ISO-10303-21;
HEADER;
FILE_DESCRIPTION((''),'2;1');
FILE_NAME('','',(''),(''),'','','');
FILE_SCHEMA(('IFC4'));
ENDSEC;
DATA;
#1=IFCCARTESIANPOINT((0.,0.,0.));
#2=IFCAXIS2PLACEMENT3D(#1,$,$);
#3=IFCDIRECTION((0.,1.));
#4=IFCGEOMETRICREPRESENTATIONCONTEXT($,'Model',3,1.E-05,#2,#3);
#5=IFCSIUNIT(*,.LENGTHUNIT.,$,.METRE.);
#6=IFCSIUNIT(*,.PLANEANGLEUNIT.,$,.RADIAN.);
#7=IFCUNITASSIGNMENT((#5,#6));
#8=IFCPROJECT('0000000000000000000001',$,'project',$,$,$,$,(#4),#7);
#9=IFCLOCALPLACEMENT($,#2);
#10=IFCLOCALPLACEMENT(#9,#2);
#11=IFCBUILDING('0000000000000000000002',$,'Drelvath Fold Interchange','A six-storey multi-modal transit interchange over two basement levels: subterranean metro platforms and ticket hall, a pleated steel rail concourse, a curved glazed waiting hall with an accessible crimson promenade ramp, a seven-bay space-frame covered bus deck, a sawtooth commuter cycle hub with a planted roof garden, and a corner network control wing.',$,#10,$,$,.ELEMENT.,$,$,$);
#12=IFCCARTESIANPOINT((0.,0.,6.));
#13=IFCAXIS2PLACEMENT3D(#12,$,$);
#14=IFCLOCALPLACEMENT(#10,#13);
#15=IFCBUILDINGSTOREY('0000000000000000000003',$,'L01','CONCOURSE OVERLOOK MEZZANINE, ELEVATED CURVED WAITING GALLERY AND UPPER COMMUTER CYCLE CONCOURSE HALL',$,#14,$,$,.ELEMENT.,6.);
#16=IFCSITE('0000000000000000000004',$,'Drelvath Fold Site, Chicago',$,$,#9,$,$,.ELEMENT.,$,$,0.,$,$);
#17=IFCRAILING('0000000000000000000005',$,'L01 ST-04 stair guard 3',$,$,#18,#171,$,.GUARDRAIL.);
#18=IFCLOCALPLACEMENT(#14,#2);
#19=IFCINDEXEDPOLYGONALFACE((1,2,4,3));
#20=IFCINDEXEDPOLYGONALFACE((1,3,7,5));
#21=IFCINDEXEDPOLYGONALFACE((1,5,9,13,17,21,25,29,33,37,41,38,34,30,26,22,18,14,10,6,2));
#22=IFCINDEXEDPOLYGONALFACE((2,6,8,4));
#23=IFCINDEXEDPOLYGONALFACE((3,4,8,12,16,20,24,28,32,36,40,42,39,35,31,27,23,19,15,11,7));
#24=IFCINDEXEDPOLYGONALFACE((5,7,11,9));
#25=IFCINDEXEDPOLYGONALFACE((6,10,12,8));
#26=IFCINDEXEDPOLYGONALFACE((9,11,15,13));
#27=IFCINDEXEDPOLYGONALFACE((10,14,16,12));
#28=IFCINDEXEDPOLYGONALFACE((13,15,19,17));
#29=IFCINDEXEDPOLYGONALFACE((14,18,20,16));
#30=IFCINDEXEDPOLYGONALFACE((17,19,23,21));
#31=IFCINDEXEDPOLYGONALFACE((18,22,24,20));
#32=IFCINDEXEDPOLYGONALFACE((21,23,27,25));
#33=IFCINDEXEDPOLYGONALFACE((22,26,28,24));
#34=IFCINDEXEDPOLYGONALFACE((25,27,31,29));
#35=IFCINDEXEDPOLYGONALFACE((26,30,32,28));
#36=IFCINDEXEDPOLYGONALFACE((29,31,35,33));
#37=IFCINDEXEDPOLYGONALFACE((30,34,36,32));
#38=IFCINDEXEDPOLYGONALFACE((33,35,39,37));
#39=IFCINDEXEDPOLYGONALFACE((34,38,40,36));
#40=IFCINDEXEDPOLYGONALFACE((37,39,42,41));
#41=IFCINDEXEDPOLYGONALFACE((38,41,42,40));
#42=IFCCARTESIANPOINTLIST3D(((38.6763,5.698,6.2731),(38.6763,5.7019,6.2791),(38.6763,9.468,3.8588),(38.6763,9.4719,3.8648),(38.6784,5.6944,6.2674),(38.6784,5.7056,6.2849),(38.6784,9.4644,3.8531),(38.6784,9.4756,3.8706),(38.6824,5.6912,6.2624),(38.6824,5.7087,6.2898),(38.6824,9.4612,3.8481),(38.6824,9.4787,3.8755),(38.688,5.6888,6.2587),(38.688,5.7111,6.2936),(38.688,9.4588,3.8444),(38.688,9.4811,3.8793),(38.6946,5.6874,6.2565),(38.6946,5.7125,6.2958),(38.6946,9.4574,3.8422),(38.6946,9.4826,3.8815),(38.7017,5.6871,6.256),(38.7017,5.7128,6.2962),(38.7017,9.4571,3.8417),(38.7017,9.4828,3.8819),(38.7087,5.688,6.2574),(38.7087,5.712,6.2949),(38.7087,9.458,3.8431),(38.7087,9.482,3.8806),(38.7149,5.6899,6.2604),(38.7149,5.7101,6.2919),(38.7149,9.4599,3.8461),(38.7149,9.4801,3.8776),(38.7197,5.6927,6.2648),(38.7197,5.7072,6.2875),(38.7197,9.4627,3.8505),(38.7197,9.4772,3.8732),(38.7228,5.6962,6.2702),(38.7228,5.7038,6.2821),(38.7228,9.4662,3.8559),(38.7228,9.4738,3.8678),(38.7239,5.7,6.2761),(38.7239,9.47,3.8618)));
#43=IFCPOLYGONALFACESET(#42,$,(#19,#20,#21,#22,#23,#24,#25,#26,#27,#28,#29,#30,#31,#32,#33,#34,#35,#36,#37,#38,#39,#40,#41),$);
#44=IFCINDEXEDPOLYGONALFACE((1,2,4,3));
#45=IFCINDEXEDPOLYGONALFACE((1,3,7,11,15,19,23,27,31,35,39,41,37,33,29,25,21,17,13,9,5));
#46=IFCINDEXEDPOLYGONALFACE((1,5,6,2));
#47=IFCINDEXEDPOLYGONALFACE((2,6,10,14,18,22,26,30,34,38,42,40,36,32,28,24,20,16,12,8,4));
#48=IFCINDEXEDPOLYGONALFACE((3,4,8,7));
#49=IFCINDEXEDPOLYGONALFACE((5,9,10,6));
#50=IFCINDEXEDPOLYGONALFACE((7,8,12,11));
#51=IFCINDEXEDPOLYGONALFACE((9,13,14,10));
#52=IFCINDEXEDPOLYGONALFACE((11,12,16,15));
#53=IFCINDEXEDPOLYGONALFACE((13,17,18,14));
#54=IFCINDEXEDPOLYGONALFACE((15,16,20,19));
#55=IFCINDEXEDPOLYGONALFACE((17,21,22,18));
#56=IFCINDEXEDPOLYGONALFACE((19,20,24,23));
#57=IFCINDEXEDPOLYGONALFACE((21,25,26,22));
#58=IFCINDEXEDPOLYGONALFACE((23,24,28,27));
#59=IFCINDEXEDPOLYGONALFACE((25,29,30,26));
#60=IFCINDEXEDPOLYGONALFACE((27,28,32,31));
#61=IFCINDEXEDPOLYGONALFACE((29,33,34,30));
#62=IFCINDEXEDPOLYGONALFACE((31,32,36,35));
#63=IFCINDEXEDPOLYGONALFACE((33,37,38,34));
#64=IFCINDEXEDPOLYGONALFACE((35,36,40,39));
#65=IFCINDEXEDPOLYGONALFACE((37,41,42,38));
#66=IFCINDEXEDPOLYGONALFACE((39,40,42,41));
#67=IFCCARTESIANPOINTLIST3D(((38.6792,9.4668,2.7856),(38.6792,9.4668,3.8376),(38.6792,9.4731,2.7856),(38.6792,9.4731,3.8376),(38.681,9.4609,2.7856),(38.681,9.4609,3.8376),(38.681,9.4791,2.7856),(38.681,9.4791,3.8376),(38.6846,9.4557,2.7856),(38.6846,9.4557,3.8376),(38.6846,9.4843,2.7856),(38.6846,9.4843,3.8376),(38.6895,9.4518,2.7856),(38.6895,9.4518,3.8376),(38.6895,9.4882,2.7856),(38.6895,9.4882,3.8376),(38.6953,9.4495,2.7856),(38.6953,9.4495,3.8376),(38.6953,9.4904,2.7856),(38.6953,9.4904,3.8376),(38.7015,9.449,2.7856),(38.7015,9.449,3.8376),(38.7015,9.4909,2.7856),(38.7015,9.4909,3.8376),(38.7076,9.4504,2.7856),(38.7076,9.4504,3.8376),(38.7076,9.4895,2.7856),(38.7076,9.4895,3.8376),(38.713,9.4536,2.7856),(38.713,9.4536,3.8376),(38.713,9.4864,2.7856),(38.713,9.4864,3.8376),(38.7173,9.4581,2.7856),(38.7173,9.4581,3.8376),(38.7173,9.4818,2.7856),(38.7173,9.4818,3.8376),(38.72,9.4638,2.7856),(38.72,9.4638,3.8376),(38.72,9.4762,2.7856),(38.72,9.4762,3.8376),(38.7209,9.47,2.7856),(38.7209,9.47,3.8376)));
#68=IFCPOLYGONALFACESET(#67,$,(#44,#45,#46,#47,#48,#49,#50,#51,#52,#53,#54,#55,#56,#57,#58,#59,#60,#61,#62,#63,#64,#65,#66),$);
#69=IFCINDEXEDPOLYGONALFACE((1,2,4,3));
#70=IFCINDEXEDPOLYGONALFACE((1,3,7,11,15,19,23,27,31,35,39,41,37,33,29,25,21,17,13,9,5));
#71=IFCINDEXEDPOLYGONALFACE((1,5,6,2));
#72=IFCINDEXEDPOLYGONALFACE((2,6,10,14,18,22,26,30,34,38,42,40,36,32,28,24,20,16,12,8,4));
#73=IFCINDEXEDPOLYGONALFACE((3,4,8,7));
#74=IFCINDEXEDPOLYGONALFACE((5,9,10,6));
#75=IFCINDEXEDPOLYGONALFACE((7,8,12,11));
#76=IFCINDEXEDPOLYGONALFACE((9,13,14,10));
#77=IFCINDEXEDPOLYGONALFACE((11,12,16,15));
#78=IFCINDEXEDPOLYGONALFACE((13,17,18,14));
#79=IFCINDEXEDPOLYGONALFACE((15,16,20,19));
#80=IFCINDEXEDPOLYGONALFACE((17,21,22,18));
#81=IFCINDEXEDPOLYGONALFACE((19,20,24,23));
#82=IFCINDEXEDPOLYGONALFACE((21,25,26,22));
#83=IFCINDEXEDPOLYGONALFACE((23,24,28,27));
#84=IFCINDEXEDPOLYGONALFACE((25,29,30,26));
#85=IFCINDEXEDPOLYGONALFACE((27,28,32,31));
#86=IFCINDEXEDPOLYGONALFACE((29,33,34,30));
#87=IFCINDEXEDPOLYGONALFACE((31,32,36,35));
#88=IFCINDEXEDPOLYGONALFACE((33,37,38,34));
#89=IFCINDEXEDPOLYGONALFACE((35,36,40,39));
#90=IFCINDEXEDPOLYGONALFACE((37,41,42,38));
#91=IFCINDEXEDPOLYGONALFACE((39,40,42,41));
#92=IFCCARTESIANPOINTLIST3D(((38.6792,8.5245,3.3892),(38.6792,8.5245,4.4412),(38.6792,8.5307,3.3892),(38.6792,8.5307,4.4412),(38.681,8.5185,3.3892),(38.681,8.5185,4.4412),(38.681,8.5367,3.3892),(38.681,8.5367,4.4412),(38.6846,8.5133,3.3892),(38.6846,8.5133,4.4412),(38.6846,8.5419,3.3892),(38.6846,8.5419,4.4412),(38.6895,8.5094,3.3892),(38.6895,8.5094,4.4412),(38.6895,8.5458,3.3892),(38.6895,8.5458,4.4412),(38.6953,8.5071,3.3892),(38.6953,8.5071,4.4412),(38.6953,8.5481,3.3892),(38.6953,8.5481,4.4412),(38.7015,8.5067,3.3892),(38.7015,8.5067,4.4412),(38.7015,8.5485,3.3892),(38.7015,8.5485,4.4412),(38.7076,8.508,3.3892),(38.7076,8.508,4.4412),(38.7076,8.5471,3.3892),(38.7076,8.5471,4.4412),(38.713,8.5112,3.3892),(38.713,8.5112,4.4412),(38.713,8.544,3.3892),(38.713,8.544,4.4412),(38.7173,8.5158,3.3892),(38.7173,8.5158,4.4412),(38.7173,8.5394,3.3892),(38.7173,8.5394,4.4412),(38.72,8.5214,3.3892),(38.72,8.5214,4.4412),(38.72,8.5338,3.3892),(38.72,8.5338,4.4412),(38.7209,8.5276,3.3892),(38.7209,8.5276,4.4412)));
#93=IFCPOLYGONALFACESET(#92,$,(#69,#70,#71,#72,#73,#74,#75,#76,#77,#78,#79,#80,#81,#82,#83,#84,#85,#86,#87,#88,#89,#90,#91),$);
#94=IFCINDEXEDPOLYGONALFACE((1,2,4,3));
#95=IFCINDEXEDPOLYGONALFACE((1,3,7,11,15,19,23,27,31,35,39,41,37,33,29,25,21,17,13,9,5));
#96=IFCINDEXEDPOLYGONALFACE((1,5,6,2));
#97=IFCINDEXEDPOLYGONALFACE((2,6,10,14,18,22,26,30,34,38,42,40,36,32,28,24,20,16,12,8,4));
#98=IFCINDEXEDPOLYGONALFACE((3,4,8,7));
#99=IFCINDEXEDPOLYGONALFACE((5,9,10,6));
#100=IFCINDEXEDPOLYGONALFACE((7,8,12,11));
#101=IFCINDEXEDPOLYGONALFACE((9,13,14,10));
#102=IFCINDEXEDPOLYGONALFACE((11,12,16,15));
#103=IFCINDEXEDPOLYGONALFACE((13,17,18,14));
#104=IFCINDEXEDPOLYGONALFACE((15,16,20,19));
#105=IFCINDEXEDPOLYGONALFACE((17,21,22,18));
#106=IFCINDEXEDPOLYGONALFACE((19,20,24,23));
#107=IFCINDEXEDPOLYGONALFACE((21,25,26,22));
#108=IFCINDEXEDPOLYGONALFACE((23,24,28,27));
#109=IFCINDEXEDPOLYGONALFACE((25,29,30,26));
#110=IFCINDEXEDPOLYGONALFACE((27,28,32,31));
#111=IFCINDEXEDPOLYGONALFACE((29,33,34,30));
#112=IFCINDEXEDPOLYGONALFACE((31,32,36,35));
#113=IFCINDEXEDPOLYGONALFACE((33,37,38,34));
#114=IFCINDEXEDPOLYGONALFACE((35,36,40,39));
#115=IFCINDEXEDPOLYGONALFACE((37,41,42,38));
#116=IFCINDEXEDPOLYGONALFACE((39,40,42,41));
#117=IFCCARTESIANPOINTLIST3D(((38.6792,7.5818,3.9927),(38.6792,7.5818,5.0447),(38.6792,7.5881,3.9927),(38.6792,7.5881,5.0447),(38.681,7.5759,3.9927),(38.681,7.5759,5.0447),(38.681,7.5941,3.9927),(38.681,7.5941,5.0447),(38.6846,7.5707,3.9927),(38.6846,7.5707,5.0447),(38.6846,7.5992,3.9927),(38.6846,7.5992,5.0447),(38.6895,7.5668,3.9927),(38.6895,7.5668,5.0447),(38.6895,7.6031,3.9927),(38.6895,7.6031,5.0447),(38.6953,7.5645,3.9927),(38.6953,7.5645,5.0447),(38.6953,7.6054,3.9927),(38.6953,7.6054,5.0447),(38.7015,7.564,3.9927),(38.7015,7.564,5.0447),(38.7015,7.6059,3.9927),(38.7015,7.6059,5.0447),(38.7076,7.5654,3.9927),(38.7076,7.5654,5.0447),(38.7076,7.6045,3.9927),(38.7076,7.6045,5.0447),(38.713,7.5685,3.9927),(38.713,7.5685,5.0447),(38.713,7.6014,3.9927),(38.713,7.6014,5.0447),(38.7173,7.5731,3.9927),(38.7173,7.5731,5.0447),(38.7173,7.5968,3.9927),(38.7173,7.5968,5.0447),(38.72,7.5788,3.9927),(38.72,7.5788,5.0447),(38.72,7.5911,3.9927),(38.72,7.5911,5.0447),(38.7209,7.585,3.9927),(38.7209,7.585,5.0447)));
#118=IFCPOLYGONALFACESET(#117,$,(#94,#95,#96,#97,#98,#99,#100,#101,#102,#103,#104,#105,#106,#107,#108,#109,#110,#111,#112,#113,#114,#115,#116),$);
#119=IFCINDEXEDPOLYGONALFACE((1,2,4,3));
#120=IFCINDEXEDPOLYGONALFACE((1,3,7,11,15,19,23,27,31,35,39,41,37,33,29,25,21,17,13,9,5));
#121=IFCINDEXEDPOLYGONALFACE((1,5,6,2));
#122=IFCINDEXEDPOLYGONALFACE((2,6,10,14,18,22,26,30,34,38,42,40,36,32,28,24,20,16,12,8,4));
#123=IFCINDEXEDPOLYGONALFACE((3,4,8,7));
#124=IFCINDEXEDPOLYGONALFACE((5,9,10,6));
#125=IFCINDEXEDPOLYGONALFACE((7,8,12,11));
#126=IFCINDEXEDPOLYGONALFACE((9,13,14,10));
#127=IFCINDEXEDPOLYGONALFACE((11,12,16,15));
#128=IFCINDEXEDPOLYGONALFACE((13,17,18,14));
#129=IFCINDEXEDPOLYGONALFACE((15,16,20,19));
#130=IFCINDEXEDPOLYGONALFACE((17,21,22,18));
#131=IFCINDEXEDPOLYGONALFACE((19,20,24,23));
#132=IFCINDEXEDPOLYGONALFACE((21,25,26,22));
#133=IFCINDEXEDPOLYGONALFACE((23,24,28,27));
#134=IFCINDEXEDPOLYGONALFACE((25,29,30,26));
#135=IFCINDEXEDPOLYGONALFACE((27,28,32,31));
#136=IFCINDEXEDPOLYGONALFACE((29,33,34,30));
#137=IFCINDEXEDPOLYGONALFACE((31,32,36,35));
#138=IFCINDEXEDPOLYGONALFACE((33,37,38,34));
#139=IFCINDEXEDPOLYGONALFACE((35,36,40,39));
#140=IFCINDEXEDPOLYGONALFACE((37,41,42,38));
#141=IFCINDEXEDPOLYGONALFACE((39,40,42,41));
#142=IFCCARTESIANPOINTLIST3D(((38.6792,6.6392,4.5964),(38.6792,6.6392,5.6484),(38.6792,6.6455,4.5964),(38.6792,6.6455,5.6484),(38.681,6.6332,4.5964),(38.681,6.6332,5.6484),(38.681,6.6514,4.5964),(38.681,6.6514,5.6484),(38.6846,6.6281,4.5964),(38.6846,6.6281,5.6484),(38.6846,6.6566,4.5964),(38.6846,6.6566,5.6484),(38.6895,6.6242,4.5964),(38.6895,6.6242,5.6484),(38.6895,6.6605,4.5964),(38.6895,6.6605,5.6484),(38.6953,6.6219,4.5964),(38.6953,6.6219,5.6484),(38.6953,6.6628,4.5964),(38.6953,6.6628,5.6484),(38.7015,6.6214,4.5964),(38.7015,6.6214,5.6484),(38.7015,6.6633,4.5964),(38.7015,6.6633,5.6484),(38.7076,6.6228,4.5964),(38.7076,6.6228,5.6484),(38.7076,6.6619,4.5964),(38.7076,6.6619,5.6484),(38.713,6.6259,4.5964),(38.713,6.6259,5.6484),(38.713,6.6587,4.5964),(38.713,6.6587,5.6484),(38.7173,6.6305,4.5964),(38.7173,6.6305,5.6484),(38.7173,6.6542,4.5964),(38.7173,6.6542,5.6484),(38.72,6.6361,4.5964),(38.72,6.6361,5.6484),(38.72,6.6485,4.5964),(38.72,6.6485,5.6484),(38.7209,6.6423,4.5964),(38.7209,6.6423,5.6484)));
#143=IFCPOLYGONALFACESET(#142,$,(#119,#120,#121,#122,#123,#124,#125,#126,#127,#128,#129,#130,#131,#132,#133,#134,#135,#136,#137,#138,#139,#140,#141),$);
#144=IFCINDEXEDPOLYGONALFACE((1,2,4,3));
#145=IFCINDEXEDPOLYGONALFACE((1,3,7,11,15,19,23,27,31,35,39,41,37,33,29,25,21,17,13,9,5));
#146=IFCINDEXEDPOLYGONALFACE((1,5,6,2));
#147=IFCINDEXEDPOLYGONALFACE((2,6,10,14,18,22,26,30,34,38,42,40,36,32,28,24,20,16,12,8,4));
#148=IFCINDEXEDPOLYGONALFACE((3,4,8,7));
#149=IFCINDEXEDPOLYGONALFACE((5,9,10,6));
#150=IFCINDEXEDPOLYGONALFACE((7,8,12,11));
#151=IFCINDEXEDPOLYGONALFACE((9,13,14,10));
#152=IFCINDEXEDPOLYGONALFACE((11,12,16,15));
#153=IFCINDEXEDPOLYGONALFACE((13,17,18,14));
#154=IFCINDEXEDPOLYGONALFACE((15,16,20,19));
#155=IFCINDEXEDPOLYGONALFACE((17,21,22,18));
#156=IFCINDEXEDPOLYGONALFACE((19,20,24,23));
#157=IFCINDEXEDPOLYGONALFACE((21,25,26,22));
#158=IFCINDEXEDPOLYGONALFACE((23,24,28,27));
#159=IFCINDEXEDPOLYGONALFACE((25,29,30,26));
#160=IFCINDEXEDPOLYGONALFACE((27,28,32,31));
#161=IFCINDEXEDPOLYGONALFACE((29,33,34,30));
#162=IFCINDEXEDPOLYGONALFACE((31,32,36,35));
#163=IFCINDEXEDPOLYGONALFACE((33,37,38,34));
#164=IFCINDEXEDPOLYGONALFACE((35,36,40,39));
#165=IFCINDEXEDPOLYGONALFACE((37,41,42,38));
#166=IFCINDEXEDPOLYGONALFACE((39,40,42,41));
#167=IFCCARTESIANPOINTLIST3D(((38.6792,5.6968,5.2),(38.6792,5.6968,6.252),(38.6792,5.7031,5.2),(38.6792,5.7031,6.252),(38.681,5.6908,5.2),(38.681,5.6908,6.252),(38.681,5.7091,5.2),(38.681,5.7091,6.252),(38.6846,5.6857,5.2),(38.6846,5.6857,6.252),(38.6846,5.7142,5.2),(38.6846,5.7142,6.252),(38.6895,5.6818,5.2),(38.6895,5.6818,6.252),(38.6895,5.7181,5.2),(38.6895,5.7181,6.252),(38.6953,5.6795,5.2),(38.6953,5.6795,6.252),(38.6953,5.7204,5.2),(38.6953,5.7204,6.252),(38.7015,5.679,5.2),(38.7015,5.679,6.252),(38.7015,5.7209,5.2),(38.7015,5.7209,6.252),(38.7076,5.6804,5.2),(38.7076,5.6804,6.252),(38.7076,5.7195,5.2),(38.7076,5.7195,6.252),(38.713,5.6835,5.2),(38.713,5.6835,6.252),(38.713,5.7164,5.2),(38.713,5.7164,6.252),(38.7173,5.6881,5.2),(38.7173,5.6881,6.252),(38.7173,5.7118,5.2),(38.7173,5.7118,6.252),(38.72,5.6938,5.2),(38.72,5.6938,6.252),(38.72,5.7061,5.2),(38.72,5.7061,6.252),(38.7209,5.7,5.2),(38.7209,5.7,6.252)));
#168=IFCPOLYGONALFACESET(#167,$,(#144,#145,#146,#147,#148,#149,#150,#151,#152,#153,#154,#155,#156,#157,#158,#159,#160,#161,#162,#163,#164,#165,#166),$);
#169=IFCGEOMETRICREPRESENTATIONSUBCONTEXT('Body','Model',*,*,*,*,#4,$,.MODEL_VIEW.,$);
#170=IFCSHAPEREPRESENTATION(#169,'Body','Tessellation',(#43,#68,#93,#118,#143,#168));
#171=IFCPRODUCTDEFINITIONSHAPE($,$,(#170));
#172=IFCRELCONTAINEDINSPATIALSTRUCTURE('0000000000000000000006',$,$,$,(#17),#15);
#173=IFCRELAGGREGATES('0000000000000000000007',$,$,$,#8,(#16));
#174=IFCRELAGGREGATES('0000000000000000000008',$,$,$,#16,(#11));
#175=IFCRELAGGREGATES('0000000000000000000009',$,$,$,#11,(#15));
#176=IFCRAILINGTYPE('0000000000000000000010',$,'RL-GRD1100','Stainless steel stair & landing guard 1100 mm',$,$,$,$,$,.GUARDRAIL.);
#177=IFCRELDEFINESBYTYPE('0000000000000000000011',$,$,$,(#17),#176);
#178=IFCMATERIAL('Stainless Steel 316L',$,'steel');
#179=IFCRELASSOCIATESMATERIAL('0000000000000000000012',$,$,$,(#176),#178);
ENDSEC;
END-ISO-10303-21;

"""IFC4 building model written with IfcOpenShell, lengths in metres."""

from ifc_helpers import new_model, si_unit, direction, frame, origin, origin_2d, place, context, subcontext, project, spatial, circle, extrude, material, type_object, element, save


model = new_model("IFC4")

# Units and contexts
model_context = context("Model", 3, precision=1e-05, world=origin(), true_north=direction((0.0, 1.0)))
body_context = subcontext(model_context, "Body", "Model", "MODEL_VIEW")
ifc_project = project(units=[si_unit("LENGTHUNIT", "METRE"), si_unit("PLANEANGLEUNIT", "RADIAN")], contexts=[model_context])

# Site, building, storey
site_placement = place(None, origin())
site = spatial("IfcSite", under=ifc_project, at=site_placement, Name="Drelvath Fold Site, Chicago", CompositionType="ELEMENT", RefElevation=0.0)
building_placement = place(site_placement, origin())
building = spatial("IfcBuilding", under=site, at=building_placement, Name="Drelvath Fold Interchange", Description="A six-storey multi-modal transit interchange over two basement levels: subterranean metro platforms and ticket hall, a pleated steel rail concourse, a curved glazed waiting hall with an accessible crimson promenade ramp, a seven-bay space-frame covered bus deck, a sawtooth commuter cycle hub with a planted roof garden, and a corner network control wing.", CompositionType="ELEMENT")
storey_placement = place(building_placement, frame((0.0, 0.0, 6.0)))
storey = spatial("IfcBuildingStorey", under=building, at=storey_placement, Name="L01", Description="CONCOURSE OVERLOOK MEZZANINE, ELEVATED CURVED WAITING GALLERY AND UPPER COMMUTER CYCLE CONCOURSE HALL", CompositionType="ELEMENT", Elevation=6.0)

# Railing
ifc_material_1 = material(Name="Stainless Steel 316L", Category="steel")
railing_type_1 = type_object("IfcRailingType", Name="RL-GRD1100", Description="Stainless steel stair & landing guard 1100 mm", PredefinedType="GUARDRAIL", material=ifc_material_1)
railing_1_placement = place(storey_placement, frame((38.7, 9.47, 2.7856)))
element("IfcRailing", 1, at=railing_1_placement, inside=storey, type_object=railing_type_1, Name="L01 ST-04 stair guard 3", PredefinedType="GUARDRAIL", context=body_context, shape_type="SweptSolid", body=[
    extrude(circle(Radius=0.0239, at=origin_2d()), frame((0.0, 0.0, 1.0762), z_axis=(0.0, -0.84212, 0.53929), x_axis=(1.0, 0.0, 0.0)), (0.0, 0.0, 1.0), 4.4768),
    extrude(circle(Radius=0.021, at=origin_2d()), origin(), (0.0, 0.0, 1.0), 1.052),
    extrude(circle(Radius=0.021, at=origin_2d()), frame((0.0, -0.9424, 0.6035)), (0.0, 0.0, 1.0), 1.052),
    extrude(circle(Radius=0.021, at=origin_2d()), frame((0.0, -1.885, 1.207)), (0.0, 0.0, 1.0), 1.052),
    extrude(circle(Radius=0.021, at=origin_2d()), frame((0.0, -2.8276, 1.8108)), (0.0, 0.0, 1.0), 1.052),
    extrude(circle(Radius=0.021, at=origin_2d()), frame((0.0, -3.77, 2.4143)), (0.0, 0.0, 1.0), 1.052),
])

save(model, "model.ifc")
